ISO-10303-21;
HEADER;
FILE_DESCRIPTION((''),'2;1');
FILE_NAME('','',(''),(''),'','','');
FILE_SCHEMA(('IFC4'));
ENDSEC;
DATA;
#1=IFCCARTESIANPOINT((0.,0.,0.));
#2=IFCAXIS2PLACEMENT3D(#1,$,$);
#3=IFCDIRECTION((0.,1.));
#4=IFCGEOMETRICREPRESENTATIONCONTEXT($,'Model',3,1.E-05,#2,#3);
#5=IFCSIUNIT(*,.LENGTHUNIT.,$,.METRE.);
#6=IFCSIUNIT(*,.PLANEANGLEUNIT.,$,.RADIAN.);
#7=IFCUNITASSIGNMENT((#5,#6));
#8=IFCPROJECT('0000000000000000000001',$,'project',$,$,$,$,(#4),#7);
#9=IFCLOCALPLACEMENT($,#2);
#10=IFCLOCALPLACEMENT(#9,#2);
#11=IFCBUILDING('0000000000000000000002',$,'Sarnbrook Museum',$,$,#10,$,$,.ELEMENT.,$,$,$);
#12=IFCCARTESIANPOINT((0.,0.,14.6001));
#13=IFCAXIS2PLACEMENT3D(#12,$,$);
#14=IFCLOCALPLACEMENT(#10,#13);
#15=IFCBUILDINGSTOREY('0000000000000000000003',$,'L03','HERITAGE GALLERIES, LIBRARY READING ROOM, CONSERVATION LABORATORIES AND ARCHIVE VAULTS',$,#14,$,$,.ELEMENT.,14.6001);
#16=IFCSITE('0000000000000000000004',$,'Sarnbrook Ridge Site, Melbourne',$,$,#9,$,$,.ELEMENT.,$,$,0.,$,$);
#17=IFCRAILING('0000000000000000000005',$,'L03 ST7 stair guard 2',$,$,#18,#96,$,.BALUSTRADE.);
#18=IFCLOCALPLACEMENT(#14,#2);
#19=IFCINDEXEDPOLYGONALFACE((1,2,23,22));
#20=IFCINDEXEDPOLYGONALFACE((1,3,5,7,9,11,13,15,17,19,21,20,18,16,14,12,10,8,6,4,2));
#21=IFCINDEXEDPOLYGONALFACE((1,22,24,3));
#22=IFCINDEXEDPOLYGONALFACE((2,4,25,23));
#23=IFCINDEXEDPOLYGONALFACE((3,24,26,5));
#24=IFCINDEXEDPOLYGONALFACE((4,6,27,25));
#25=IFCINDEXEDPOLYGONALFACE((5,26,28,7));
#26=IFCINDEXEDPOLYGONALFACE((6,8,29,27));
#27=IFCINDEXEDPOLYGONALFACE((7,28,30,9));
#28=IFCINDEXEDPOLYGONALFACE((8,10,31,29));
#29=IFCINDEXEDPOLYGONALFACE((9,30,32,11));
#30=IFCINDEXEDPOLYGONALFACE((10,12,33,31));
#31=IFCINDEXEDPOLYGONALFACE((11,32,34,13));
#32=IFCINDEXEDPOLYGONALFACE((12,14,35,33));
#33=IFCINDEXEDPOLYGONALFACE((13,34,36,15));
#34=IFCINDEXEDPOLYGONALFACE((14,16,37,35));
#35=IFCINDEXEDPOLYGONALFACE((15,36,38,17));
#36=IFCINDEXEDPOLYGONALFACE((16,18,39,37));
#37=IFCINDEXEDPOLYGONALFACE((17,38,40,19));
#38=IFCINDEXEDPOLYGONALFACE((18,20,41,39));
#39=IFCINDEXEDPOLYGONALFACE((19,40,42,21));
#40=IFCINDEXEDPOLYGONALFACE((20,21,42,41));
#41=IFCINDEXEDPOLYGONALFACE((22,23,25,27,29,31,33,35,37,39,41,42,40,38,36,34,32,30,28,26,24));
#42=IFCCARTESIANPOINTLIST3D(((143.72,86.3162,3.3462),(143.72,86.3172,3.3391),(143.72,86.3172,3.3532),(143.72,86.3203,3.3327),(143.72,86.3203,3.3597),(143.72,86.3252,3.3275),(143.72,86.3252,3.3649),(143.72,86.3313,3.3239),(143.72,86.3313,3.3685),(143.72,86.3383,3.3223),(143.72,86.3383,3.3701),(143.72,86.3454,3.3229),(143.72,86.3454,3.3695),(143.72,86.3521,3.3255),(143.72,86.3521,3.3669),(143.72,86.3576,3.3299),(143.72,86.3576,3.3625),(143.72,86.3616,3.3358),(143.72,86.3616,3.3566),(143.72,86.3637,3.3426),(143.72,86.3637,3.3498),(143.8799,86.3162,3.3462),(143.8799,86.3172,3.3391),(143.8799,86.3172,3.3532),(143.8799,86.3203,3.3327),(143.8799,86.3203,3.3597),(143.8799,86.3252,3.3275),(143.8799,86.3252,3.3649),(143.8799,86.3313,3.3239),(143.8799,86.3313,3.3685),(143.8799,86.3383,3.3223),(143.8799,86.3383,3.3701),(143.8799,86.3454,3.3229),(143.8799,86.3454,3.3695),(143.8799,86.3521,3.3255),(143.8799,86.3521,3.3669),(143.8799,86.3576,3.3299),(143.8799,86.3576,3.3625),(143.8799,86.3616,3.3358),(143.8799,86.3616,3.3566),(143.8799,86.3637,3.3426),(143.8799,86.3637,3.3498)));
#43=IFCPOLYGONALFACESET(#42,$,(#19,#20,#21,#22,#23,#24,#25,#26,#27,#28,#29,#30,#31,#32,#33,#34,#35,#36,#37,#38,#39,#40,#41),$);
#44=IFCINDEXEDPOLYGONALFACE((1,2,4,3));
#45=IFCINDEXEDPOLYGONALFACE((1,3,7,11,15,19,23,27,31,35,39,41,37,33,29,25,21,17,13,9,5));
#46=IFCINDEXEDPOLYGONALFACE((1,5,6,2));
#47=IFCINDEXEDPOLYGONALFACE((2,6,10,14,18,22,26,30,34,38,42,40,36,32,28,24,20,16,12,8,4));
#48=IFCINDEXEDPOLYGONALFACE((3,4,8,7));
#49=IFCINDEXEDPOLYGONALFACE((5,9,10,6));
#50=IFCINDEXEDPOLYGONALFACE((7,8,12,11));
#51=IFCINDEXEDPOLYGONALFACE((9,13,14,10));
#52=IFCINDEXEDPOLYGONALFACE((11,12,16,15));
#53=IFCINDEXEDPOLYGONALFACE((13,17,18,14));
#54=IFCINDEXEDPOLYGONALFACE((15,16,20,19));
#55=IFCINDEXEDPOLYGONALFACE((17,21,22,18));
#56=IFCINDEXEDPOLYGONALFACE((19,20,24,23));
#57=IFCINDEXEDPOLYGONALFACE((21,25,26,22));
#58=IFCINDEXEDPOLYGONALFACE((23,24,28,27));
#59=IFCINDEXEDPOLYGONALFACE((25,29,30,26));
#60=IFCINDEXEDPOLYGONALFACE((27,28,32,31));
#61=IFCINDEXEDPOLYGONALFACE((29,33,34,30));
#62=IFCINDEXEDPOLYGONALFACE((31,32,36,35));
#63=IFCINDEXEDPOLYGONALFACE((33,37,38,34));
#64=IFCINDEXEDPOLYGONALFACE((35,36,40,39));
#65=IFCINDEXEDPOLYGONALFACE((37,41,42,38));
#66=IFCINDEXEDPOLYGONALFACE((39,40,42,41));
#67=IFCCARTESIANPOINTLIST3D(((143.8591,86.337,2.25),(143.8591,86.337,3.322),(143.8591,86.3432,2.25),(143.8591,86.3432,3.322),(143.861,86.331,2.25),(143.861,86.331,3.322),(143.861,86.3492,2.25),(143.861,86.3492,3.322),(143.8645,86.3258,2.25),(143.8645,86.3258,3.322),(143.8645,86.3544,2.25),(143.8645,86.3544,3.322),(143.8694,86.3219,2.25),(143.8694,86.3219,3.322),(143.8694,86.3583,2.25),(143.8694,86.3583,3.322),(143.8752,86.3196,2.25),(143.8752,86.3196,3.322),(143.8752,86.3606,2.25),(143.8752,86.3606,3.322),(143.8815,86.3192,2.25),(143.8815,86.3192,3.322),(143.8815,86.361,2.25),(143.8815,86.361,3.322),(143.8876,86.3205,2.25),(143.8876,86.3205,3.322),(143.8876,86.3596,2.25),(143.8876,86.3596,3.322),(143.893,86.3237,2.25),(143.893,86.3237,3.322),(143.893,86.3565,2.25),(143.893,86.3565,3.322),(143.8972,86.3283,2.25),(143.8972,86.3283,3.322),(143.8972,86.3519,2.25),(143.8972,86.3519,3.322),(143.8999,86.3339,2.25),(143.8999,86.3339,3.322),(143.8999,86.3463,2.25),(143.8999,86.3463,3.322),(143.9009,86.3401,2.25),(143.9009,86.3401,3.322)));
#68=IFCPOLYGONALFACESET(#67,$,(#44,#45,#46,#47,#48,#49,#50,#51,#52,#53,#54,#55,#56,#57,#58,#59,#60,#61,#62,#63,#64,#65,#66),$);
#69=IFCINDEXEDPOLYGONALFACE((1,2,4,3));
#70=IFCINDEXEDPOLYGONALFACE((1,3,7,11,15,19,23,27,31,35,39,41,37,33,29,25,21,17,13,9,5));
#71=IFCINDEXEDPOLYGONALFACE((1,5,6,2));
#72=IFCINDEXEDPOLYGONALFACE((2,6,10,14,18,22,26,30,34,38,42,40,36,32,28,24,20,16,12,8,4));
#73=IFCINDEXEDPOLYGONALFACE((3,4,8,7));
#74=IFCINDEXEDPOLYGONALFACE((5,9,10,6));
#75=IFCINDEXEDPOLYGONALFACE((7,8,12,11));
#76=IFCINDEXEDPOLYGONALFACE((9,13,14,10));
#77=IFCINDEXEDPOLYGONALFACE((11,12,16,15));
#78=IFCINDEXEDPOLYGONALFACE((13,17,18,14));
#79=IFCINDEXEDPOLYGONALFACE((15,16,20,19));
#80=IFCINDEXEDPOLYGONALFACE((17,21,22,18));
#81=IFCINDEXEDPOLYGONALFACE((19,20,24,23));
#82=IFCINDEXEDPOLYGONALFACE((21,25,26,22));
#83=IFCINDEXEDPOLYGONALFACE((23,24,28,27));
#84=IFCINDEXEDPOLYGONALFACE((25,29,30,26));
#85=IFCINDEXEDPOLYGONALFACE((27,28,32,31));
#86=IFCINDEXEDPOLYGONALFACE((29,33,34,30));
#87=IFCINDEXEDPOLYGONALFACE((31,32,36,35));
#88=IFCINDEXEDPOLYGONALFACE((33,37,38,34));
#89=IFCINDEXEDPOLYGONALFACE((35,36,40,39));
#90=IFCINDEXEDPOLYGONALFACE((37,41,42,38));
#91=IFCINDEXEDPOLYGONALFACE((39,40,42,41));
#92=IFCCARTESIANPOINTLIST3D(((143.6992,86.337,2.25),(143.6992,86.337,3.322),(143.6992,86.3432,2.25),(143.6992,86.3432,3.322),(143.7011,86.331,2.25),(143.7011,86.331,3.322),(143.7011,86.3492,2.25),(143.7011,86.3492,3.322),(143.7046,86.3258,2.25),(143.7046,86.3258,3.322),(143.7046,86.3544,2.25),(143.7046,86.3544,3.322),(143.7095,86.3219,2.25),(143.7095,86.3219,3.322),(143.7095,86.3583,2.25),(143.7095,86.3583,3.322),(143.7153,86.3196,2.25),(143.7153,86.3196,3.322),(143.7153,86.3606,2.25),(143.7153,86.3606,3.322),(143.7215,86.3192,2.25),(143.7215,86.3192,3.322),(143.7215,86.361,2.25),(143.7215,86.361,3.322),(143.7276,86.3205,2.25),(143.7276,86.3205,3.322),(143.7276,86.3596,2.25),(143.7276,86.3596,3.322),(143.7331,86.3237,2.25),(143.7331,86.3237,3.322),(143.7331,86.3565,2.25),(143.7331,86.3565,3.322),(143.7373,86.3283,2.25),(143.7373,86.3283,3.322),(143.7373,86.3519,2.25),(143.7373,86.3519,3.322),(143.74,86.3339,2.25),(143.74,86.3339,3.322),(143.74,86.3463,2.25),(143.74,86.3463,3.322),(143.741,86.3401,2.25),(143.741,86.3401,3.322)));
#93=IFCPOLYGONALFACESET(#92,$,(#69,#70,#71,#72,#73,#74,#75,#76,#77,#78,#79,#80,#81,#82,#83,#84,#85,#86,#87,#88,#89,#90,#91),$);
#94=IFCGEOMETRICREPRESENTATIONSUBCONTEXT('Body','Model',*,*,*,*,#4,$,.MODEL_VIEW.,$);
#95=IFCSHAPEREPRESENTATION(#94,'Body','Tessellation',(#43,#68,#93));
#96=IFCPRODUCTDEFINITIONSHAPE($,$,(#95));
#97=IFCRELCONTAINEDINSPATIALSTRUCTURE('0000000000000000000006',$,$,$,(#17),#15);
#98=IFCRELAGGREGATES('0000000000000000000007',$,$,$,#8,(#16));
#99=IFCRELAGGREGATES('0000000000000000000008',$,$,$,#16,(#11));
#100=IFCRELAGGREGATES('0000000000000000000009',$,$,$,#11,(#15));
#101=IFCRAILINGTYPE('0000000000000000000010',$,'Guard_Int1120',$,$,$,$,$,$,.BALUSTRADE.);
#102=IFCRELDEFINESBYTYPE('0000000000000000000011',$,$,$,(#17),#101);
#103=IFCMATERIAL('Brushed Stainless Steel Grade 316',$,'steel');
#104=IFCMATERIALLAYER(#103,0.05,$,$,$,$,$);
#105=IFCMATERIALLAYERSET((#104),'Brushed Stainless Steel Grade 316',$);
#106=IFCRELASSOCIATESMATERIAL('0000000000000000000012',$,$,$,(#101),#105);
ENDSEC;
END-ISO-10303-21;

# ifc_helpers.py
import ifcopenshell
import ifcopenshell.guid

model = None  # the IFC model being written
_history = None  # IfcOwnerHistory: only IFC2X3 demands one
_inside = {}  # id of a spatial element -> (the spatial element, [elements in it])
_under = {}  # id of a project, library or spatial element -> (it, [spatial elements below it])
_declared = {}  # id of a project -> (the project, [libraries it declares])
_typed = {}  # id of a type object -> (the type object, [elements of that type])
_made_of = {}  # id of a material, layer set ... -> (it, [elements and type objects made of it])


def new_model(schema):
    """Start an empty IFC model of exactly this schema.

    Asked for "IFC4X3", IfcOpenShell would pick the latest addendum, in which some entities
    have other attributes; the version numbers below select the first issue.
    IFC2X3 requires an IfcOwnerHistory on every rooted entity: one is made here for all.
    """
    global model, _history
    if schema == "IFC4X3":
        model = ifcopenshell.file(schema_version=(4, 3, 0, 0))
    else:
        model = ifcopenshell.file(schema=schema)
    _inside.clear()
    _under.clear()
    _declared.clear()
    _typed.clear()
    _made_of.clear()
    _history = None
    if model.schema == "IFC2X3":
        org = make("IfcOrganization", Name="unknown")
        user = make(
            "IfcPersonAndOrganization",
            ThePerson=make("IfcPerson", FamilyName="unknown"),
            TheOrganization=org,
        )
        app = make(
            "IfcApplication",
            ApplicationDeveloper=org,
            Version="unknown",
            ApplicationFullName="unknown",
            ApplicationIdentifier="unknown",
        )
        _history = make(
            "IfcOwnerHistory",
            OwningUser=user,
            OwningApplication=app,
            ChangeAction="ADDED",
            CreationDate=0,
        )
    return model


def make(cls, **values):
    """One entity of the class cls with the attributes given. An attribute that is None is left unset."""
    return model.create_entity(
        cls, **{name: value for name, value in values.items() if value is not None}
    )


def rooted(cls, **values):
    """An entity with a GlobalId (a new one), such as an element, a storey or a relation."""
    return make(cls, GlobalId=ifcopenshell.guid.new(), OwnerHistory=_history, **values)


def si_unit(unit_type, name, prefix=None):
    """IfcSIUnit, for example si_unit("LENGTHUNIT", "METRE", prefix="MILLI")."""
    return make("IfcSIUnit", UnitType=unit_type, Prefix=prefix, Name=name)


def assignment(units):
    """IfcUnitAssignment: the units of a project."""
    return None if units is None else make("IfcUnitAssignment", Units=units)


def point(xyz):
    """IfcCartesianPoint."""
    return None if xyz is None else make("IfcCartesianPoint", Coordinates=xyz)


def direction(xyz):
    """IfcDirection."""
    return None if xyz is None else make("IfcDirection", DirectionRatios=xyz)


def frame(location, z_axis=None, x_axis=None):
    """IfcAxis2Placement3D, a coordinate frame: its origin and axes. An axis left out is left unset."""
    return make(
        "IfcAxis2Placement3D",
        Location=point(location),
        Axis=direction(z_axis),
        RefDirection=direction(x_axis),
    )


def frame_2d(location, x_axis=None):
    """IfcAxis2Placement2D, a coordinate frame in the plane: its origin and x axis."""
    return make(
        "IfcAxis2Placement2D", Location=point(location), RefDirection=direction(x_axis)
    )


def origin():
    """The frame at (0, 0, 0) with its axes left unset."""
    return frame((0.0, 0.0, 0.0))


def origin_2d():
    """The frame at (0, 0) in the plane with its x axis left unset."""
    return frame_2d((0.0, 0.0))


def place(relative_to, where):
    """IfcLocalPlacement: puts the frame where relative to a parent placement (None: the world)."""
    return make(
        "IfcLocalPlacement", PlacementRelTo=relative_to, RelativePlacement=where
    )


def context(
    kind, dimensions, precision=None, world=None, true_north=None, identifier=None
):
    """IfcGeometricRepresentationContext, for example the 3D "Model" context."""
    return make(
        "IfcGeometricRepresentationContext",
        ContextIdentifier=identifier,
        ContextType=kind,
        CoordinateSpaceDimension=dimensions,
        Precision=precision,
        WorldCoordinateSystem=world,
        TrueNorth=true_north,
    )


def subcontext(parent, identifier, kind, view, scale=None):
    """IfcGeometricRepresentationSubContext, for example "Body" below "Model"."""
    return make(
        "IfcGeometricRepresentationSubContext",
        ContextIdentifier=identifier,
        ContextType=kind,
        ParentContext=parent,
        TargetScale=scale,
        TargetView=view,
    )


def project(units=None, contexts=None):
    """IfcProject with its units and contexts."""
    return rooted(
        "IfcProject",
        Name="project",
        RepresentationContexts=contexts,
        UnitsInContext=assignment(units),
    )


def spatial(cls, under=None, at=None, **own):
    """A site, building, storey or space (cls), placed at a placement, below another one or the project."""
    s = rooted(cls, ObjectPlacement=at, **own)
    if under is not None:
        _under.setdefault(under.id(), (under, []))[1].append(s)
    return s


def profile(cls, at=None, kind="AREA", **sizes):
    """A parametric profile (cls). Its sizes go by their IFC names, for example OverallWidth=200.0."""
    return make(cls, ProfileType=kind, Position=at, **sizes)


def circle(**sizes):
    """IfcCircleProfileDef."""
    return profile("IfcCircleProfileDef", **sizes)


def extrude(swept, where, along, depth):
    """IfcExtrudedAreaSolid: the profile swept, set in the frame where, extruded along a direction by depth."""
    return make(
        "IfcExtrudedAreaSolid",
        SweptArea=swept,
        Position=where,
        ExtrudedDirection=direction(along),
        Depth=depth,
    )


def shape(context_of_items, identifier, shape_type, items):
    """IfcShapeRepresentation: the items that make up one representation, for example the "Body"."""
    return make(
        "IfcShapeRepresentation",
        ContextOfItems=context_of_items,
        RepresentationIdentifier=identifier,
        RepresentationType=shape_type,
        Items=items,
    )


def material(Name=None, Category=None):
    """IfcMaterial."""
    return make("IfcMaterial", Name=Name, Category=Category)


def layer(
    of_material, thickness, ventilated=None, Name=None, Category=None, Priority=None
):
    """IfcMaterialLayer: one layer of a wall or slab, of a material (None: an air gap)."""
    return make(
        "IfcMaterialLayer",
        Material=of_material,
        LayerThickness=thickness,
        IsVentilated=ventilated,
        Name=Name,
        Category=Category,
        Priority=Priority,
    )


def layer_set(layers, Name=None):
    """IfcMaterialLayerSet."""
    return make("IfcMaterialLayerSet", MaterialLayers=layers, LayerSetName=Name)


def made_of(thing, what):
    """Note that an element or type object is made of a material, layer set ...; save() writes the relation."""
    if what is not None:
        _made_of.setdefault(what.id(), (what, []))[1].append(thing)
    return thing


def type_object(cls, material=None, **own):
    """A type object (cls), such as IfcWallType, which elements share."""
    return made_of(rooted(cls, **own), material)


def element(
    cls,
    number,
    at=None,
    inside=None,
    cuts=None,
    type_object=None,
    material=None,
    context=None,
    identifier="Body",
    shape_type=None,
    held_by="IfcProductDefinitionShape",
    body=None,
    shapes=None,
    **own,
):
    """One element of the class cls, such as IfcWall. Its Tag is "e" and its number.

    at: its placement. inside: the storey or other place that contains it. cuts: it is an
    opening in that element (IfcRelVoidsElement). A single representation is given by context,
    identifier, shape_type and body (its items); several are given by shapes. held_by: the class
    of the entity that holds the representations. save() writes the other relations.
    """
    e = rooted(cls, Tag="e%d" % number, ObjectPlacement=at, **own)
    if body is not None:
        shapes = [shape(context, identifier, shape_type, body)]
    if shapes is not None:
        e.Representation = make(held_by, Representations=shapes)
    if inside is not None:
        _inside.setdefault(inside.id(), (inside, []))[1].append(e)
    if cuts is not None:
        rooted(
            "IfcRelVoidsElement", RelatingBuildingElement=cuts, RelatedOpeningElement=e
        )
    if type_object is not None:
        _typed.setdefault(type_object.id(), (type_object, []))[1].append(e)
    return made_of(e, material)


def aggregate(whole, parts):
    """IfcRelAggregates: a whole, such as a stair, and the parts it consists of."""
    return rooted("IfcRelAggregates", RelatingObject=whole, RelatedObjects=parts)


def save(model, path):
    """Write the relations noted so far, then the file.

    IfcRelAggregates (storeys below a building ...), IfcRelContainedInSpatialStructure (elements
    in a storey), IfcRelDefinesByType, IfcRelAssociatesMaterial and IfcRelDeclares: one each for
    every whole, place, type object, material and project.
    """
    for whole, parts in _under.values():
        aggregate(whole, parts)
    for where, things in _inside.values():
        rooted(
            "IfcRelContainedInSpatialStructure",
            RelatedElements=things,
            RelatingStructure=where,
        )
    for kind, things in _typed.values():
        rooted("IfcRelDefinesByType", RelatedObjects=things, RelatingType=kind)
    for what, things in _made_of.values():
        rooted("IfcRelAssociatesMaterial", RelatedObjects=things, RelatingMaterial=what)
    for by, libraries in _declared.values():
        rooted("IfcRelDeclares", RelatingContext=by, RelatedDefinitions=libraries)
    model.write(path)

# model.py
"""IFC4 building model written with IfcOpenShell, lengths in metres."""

from ifc_helpers import new_model, si_unit, direction, frame, origin, origin_2d, place, context, subcontext, project, spatial, circle, extrude, material, layer, layer_set, type_object, element, save


model = new_model("IFC4")

# Units and contexts
model_context = context("Model", 3, precision=1e-05, world=origin(), true_north=direction((0.0, 1.0)))
body_context = subcontext(model_context, "Body", "Model", "MODEL_VIEW")
ifc_project = project(units=[si_unit("LENGTHUNIT", "METRE"), si_unit("PLANEANGLEUNIT", "RADIAN")], contexts=[model_context])

# Site, building, storey
site_placement = place(None, origin())
site = spatial("IfcSite", under=ifc_project, at=site_placement, Name="Sarnbrook Ridge Site, Melbourne", CompositionType="ELEMENT", RefElevation=0.0)
building_placement = place(site_placement, origin())
building = spatial("IfcBuilding", under=site, at=building_placement, Name="Sarnbrook Museum", CompositionType="ELEMENT")
storey_placement = place(building_placement, frame((0.0, 0.0, 14.6001)))
storey = spatial("IfcBuildingStorey", under=building, at=storey_placement, Name="L03", Description="HERITAGE GALLERIES, LIBRARY READING ROOM, CONSERVATION LABORATORIES AND ARCHIVE VAULTS", CompositionType="ELEMENT", Elevation=14.6001)

# Railing
ifc_material_1 = material(Name="Brushed Stainless Steel Grade 316", Category="steel")
ifc_layer_1 = layer(ifc_material_1, 0.05)
ifc_layer_set_1 = layer_set([ifc_layer_1], Name="Brushed Stainless Steel Grade 316")
railing_type = type_object("IfcRailingType", Name="Guard_Int1120", PredefinedType="BALUSTRADE", material=ifc_layer_set_1)
railing_1_placement = place(storey_placement, frame((143.8799, 86.3401, 2.25)))
element("IfcRailing", 1, at=railing_1_placement, inside=storey, type_object=railing_type, Name="L03 ST7 stair guard 2", PredefinedType="BALUSTRADE", context=body_context, shape_type="SweptSolid", body=[
    extrude(circle(Radius=0.0239, at=origin_2d()), frame((0.0, 0.0, 1.0962), z_axis=(-1.0, 0.0, 0.0), x_axis=(0.0, -1.0, 0.0)), (0.0, 0.0, 1.0), 0.1599),
    extrude(circle(Radius=0.021, at=origin_2d()), origin(), (0.0, 0.0, 1.0), 1.072),
    extrude(circle(Radius=0.021, at=origin_2d()), frame((-0.1599, 0.0, 0.0)), (0.0, 0.0, 1.0), 1.072),
])

save(model, "model.ifc")
